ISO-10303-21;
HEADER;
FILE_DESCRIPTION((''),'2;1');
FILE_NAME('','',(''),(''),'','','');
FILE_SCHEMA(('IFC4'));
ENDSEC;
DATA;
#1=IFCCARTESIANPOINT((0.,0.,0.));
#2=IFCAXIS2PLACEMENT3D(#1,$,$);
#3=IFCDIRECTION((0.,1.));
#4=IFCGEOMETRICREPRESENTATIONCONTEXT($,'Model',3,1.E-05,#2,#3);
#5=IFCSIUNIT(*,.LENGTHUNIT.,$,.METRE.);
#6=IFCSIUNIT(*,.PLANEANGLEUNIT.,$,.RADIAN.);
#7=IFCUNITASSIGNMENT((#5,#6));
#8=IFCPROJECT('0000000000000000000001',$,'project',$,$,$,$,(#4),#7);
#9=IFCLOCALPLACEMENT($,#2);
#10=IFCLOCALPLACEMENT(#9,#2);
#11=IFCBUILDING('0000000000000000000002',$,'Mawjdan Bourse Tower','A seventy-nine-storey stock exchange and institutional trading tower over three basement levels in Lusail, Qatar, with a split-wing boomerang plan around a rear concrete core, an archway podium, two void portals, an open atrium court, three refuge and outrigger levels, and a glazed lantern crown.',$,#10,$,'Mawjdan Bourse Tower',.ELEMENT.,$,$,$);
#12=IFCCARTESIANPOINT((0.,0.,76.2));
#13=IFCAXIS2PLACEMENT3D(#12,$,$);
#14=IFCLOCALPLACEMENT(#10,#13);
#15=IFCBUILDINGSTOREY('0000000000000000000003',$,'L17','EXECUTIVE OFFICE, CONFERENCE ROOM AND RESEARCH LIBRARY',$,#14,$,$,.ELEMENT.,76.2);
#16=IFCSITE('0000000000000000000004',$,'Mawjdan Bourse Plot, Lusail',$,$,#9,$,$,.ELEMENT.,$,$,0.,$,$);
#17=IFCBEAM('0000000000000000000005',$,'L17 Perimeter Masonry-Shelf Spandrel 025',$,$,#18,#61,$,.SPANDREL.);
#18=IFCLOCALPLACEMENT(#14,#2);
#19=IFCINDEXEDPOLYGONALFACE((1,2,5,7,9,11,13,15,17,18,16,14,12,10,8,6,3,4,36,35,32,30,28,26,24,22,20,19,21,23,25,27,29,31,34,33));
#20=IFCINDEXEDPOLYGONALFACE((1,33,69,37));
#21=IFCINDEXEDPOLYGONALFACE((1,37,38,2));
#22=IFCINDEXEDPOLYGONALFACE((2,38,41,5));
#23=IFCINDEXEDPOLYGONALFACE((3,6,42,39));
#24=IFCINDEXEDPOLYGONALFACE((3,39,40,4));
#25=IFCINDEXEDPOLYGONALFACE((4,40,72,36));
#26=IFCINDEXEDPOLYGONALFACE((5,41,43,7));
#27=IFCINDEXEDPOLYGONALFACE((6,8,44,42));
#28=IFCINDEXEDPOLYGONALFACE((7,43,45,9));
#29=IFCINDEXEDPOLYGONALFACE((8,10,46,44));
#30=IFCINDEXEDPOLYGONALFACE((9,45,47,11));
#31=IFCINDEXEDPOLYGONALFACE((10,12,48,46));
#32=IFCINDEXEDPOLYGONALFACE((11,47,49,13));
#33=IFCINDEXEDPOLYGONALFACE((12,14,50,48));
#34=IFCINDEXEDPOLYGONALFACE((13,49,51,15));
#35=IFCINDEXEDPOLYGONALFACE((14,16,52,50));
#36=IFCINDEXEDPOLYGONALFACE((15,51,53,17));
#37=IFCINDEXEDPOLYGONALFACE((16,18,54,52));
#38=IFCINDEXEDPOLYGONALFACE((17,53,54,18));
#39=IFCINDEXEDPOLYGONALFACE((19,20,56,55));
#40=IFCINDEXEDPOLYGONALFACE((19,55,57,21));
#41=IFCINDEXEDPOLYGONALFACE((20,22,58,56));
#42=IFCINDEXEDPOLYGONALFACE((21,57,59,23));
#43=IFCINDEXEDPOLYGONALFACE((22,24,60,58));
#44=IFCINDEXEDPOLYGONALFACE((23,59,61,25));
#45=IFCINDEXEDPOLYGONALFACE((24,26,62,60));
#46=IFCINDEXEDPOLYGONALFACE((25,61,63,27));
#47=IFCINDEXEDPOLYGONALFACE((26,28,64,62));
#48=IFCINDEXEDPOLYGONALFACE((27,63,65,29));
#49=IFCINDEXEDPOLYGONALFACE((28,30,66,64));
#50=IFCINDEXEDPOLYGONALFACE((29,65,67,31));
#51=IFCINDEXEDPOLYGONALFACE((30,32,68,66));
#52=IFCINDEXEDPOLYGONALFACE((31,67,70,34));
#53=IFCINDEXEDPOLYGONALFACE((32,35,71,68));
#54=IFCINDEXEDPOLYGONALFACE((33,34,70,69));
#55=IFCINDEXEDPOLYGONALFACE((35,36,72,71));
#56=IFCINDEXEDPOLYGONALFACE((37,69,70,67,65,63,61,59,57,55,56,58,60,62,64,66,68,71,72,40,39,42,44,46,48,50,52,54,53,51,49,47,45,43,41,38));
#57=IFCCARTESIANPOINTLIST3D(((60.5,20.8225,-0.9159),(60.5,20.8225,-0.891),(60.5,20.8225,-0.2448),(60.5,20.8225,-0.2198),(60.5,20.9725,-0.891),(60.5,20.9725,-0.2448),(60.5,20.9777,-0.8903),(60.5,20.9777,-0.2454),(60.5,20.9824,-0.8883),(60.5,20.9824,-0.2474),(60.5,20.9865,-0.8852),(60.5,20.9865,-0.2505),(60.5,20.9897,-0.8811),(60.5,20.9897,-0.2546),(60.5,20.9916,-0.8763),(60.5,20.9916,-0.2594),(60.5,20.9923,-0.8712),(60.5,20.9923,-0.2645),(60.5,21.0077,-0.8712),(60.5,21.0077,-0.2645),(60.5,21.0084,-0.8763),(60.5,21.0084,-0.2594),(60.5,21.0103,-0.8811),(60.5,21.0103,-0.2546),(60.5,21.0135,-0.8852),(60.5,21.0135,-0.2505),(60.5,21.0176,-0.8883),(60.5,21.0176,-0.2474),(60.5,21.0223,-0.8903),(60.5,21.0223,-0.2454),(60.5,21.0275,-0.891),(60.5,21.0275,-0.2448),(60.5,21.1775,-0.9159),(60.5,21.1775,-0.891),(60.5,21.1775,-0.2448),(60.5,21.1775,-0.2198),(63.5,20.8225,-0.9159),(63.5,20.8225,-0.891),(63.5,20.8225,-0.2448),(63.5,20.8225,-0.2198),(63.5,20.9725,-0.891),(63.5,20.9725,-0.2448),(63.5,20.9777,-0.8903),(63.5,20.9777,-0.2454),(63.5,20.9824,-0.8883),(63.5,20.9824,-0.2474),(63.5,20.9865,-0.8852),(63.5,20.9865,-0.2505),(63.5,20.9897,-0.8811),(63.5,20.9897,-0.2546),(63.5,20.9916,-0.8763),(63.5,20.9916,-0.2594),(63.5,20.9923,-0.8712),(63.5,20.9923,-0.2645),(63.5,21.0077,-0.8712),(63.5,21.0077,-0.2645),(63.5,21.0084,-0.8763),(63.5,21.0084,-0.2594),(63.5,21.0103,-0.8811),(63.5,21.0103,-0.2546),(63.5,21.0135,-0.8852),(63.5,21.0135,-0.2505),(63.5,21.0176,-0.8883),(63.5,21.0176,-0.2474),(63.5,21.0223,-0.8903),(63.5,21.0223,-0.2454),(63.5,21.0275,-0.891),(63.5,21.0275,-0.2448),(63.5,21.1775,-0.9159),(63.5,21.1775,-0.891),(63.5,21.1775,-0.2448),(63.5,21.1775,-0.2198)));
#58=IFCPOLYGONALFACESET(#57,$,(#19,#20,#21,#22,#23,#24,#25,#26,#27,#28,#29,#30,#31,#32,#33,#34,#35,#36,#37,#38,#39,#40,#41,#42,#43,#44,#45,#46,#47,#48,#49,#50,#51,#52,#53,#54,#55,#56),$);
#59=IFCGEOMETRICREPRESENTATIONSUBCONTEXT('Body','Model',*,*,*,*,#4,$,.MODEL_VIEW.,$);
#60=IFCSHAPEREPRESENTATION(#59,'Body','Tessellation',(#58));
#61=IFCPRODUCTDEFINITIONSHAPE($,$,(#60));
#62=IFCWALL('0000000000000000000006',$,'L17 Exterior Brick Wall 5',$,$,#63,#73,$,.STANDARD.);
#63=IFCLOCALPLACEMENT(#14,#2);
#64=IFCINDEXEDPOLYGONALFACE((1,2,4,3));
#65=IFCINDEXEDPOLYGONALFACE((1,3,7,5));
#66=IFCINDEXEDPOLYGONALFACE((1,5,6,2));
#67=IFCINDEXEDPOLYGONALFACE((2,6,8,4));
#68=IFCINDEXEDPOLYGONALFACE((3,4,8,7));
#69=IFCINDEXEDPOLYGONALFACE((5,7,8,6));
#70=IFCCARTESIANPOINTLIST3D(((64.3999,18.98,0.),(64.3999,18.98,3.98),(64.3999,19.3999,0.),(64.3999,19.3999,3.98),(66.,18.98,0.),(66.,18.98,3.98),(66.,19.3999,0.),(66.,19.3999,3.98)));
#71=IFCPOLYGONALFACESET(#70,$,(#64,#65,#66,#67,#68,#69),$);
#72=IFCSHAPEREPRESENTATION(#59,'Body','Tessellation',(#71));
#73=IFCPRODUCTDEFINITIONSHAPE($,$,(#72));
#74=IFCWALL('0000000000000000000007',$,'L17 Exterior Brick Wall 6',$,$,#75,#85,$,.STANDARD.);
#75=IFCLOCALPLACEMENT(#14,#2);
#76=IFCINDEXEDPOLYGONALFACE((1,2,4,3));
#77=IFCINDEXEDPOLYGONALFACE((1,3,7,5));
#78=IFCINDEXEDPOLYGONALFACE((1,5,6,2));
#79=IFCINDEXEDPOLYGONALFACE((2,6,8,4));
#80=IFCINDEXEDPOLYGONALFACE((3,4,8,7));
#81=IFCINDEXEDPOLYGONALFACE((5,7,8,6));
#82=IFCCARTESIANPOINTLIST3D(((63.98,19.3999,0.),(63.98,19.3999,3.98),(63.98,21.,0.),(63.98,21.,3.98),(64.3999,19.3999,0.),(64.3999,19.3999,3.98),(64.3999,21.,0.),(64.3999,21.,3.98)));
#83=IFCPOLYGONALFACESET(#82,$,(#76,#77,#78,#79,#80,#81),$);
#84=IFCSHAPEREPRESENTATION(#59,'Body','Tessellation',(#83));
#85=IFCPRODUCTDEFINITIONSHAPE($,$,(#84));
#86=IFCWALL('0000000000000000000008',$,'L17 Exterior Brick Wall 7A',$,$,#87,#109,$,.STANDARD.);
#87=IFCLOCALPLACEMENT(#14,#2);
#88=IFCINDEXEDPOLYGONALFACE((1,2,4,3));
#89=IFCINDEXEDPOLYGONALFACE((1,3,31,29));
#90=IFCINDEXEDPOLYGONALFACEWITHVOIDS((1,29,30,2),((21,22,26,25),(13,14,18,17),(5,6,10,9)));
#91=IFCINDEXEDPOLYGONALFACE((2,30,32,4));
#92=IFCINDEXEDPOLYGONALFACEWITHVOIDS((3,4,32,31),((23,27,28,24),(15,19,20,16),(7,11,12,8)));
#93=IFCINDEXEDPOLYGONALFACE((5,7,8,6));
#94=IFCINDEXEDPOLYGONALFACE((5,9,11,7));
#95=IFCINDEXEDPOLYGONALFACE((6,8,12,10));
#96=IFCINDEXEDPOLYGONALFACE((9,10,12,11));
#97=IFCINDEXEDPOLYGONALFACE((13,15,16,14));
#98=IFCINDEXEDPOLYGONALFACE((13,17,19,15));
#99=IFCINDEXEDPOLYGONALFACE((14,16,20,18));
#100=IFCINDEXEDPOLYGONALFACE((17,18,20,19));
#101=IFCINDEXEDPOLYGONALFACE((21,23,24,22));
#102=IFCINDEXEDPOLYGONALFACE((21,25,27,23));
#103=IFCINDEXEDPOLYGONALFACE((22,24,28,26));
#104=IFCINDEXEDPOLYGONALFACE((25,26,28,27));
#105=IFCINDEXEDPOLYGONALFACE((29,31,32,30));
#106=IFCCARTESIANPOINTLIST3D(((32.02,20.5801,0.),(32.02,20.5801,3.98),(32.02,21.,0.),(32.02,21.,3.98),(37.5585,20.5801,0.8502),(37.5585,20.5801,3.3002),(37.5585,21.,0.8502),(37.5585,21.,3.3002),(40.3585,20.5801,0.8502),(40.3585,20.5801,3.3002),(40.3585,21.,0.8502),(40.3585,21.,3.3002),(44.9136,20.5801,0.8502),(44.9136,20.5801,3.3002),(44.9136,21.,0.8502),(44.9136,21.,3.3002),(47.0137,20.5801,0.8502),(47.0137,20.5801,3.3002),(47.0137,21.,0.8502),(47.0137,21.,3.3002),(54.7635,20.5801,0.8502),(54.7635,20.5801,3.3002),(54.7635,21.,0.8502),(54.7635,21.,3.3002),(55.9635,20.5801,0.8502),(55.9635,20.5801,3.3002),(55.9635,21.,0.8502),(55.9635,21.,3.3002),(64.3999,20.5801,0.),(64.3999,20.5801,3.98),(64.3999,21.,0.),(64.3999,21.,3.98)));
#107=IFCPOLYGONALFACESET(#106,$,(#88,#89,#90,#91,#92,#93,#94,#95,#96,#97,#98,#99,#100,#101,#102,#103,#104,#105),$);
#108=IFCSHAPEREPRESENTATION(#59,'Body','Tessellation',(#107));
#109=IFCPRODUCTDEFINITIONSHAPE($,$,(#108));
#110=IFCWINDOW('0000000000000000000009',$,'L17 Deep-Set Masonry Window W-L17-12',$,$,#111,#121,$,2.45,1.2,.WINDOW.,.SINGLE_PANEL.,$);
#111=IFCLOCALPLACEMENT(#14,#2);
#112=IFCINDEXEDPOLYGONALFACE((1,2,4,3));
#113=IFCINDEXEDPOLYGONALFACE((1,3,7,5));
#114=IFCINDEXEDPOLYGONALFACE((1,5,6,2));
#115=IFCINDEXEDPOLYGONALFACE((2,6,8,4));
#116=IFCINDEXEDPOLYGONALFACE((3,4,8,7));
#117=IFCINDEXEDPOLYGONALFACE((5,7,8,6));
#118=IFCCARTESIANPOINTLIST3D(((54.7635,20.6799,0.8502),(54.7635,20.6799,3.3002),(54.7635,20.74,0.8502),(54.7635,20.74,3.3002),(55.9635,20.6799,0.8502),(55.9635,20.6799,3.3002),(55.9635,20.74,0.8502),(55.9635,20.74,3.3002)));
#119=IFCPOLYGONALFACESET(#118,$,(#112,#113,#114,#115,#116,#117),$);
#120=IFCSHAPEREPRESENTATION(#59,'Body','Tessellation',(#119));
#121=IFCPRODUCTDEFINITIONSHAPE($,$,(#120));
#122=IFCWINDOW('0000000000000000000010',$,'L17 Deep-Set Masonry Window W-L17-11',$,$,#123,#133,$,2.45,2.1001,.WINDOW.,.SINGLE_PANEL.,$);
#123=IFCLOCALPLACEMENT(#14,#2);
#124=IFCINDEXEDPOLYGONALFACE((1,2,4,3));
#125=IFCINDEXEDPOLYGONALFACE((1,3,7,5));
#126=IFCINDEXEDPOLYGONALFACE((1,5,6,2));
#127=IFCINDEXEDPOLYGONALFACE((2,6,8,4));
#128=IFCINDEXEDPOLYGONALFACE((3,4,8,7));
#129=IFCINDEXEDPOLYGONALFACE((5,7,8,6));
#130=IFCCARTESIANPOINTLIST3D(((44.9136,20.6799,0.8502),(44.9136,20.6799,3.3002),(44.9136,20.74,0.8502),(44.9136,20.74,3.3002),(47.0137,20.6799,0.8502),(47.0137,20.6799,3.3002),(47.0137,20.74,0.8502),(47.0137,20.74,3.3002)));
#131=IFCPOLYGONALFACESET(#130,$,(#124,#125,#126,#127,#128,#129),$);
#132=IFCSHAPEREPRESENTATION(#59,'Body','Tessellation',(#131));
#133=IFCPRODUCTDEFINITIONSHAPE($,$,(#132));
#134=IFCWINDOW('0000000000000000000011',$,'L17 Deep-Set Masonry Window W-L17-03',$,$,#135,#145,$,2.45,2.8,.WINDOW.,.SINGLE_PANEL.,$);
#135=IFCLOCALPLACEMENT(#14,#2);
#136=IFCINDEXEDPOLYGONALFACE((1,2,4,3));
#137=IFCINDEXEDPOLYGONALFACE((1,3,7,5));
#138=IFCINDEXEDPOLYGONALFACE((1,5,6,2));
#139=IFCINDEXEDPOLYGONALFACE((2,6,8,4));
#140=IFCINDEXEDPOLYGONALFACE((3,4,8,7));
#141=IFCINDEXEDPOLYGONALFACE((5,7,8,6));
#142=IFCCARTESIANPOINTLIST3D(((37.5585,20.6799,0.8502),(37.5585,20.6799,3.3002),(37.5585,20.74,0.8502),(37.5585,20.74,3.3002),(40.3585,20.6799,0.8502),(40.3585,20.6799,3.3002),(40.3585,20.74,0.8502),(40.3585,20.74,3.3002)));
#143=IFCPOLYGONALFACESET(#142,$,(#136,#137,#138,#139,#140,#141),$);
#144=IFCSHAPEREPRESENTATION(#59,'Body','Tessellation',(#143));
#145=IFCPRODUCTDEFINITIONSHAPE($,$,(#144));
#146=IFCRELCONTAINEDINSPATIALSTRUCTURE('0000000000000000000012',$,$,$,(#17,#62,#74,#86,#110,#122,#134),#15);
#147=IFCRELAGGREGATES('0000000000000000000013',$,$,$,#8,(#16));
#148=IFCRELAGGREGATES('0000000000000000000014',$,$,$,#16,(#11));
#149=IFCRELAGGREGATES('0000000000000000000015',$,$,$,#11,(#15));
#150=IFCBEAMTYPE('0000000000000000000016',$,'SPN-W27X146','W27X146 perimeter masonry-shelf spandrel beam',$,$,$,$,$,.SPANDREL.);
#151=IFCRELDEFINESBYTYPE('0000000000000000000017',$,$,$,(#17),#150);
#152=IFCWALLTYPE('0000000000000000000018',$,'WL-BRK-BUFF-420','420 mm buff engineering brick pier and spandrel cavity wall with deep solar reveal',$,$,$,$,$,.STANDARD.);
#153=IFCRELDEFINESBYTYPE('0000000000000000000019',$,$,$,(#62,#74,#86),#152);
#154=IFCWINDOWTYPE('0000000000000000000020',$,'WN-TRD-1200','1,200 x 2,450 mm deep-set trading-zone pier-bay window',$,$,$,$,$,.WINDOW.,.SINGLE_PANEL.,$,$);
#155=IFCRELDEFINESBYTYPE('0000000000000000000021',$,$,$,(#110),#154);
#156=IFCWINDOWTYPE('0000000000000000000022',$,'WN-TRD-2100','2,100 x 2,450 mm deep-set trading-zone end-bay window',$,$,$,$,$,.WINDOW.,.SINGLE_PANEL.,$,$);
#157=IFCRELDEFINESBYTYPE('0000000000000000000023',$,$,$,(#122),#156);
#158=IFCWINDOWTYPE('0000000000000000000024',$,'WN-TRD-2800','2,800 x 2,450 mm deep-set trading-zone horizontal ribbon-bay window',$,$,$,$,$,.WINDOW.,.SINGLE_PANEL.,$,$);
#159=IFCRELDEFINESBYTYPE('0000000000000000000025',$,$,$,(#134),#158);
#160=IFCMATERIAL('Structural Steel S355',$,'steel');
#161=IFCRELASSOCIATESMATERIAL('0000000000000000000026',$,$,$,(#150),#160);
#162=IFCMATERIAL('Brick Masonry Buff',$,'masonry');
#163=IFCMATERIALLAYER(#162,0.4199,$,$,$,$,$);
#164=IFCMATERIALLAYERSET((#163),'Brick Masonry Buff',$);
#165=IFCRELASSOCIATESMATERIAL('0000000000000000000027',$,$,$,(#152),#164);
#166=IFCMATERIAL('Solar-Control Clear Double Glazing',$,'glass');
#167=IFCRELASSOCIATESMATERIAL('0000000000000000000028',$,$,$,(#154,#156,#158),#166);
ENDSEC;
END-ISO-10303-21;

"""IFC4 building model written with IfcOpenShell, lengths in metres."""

from ifc_helpers import new_model, si_unit, direction, frame, frame_2d, origin, origin_2d, place, context, subcontext, project, spatial, rectangle, i_section, extrude, material, layer, layer_set, material_profile, profile_set, type_object, element, fill, save


model = new_model("IFC4")

# Units and contexts
model_context = context("Model", 3, precision=1e-05, world=origin(), true_north=direction((0.0, 1.0)))
body_context = subcontext(model_context, "Body", "Model", "MODEL_VIEW")
ifc_project = project(units=[si_unit("LENGTHUNIT", "METRE"), si_unit("PLANEANGLEUNIT", "RADIAN")], contexts=[model_context])

# Site, building, storey
site_placement = place(None, origin())
site = spatial("IfcSite", under=ifc_project, at=site_placement, Name="Mawjdan Bourse Plot, Lusail", CompositionType="ELEMENT", RefElevation=0.0)
building_placement = place(site_placement, origin())
building = spatial("IfcBuilding", under=site, at=building_placement, Name="Mawjdan Bourse Tower", Description="A seventy-nine-storey stock exchange and institutional trading tower over three basement levels in Lusail, Qatar, with a split-wing boomerang plan around a rear concrete core, an archway podium, two void portals, an open atrium court, three refuge and outrigger levels, and a glazed lantern crown.", LongName="Mawjdan Bourse Tower", CompositionType="ELEMENT")
storey_placement = place(building_placement, frame((0.0, 0.0, 76.2)))
storey = spatial("IfcBuildingStorey", under=building, at=storey_placement, Name="L17", Description="EXECUTIVE OFFICE, CONFERENCE ROOM AND RESEARCH LIBRARY", CompositionType="ELEMENT", Elevation=76.2)

# Beam
ifc_material_1 = material(Name="Structural Steel S355", Category="steel")
ifc_material_profile_1 = material_profile(ifc_material_1, i_section(OverallWidth=0.355, OverallDepth=0.696, WebThickness=0.0154, FlangeThickness=0.0249, FilletRadius=0.0198, at=origin_2d()), Name="W27X146")
ifc_profile_set_1 = profile_set([ifc_material_profile_1], Name="Structural Steel S355")
beam_type_1 = type_object("IfcBeamType", Name="SPN-W27X146", Description="W27X146 perimeter masonry-shelf spandrel beam", PredefinedType="SPANDREL", material=ifc_profile_set_1)
beam_1_placement = place(storey_placement, frame((60.5, 21.0, -0.5679), z_axis=(1.0, 0.0, 0.0), x_axis=(0.0, 1.0, 0.0)))
element("IfcBeam", 1, at=beam_1_placement, inside=storey, type_object=beam_type_1, Name="L17 Perimeter Masonry-Shelf Spandrel 025", PredefinedType="SPANDREL", context=body_context, shape_type="SweptSolid", body=[
    extrude(i_section(OverallWidth=0.355, OverallDepth=0.696, WebThickness=0.0154, FlangeThickness=0.0249, FilletRadius=0.0198, at=origin_2d()), origin(), (0.0, 0.0, 1.0), 3.0),
])

# Walls
ifc_material_2 = material(Name="Brick Masonry Buff", Category="masonry")
ifc_layer = layer(ifc_material_2, 0.4199)
ifc_layer_set = layer_set([ifc_layer], Name="Brick Masonry Buff")
wall_type = type_object("IfcWallType", Name="WL-BRK-BUFF-420", Description="420 mm buff engineering brick pier and spandrel cavity wall with deep solar reveal", PredefinedType="STANDARD", material=ifc_layer_set)
for number, where, z_axis, x_axis, name in (
    (2, (66.0, 19.1899, 0.0), (0.0, 0.0, 1.0), (-1.0, 0.0, 0.0), "L17 Exterior Brick Wall 5"),
    (3, (64.1899, 19.3999, 0.0), (0.0, 0.0, 1.0), (0.0, 1.0, 0.0), "L17 Exterior Brick Wall 6"),
):
    element("IfcWall", number, at=place(storey_placement, frame(where, z_axis=z_axis, x_axis=x_axis)), inside=storey, type_object=wall_type, Name=name, PredefinedType="STANDARD", context=body_context, shape_type="SweptSolid", body=[
        extrude(rectangle(XDim=1.6001, YDim=0.4199, at=frame_2d((0.8, 0.0))), origin(), (0.0, 0.0, 1.0), 3.98),
    ])

# Wall, openings, windows
wall_placement = place(storey_placement, frame((64.3999, 20.79, 0.0), z_axis=(0.0, 0.0, 1.0), x_axis=(-1.0, 0.0, 0.0)))
wall = element("IfcWall", 4, at=wall_placement, inside=storey, type_object=wall_type, Name="L17 Exterior Brick Wall 7A", PredefinedType="STANDARD", context=body_context, shape_type="SweptSolid", body=[
    extrude(rectangle(XDim=32.3799, YDim=0.4199, at=frame_2d((16.1899, 0.0))), origin(), (0.0, 0.0, 1.0), 3.98),
])
opening_1_placement = place(wall_placement, frame((24.0415, 0.0, 0.8501)))
opening_1 = element("IfcOpeningElement", 5, at=opening_1_placement, cuts=wall, PredefinedType="OPENING", context=body_context, shape_type="SweptSolid", body=[
    extrude(rectangle(XDim=2.8, YDim=2.45, at=frame_2d((1.3999, 1.2251))), frame((0.0, 0.22, 0.0), z_axis=(0.0, -1.0, 0.0), x_axis=(1.0, 0.0, 0.0)), (0.0, 0.0, 1.0), 0.4399),
])
opening_2_placement = place(wall_placement, frame((17.3862, 0.0, 0.8501)))
opening_2 = element("IfcOpeningElement", 6, at=opening_2_placement, cuts=wall, PredefinedType="OPENING", context=body_context, shape_type="SweptSolid", body=[
    extrude(rectangle(XDim=2.1001, YDim=2.45, at=frame_2d((1.05, 1.2251))), frame((0.0, 0.22, 0.0), z_axis=(0.0, -1.0, 0.0), x_axis=(1.0, 0.0, 0.0)), (0.0, 0.0, 1.0), 0.4399),
])
opening_3_placement = place(wall_placement, frame((8.4363, 0.0, 0.8501)))
opening_3 = element("IfcOpeningElement", 7, at=opening_3_placement, cuts=wall, PredefinedType="OPENING", context=body_context, shape_type="SweptSolid", body=[
    extrude(rectangle(XDim=1.2, YDim=2.45, at=frame_2d((0.6001, 1.2251))), frame((0.0, 0.22, 0.0), z_axis=(0.0, -1.0, 0.0), x_axis=(1.0, 0.0, 0.0)), (0.0, 0.0, 1.0), 0.4399),
])
ifc_material_3 = material(Name="Solar-Control Clear Double Glazing", Category="glass")
window_type_1 = type_object("IfcWindowType", Name="WN-TRD-1200", Description="1,200 x 2,450 mm deep-set trading-zone pier-bay window", PartitioningType="SINGLE_PANEL", PredefinedType="WINDOW", material=ifc_material_3)
window_1_placement = place(opening_3_placement, origin())
window_1 = element("IfcWindow", 8, at=window_1_placement, inside=storey, type_object=window_type_1, Name="L17 Deep-Set Masonry Window W-L17-12", OverallHeight=2.45, OverallWidth=1.2, PartitioningType="SINGLE_PANEL", PredefinedType="WINDOW", context=body_context, shape_type="SweptSolid", body=[
    extrude(rectangle(XDim=1.2, YDim=2.45, at=frame_2d((0.6001, 1.2251))), frame((0.0, 0.1101, 0.0), z_axis=(0.0, -1.0, 0.0), x_axis=(1.0, 0.0, 0.0)), (0.0, 0.0, 1.0), 0.0601),
])
fill(opening_3, window_1)
window_type_2 = type_object("IfcWindowType", Name="WN-TRD-2100", Description="2,100 x 2,450 mm deep-set trading-zone end-bay window", PartitioningType="SINGLE_PANEL", PredefinedType="WINDOW", material=ifc_material_3)
window_2_placement = place(opening_2_placement, origin())
window_2 = element("IfcWindow", 9, at=window_2_placement, inside=storey, type_object=window_type_2, Name="L17 Deep-Set Masonry Window W-L17-11", OverallHeight=2.45, OverallWidth=2.1001, PartitioningType="SINGLE_PANEL", PredefinedType="WINDOW", context=body_context, shape_type="SweptSolid", body=[
    extrude(rectangle(XDim=2.1001, YDim=2.45, at=frame_2d((1.05, 1.2251))), frame((0.0, 0.1101, 0.0), z_axis=(0.0, -1.0, 0.0), x_axis=(1.0, 0.0, 0.0)), (0.0, 0.0, 1.0), 0.0601),
])
fill(opening_2, window_2)
window_type_3 = type_object("IfcWindowType", Name="WN-TRD-2800", Description="2,800 x 2,450 mm deep-set trading-zone horizontal ribbon-bay window", PartitioningType="SINGLE_PANEL", PredefinedType="WINDOW", material=ifc_material_3)
window_3_placement = place(opening_1_placement, origin())
window_3 = element("IfcWindow", 10, at=window_3_placement, inside=storey, type_object=window_type_3, Name="L17 Deep-Set Masonry Window W-L17-03", OverallHeight=2.45, OverallWidth=2.8, PartitioningType="SINGLE_PANEL", PredefinedType="WINDOW", context=body_context, shape_type="SweptSolid", body=[
    extrude(rectangle(XDim=2.8, YDim=2.45, at=frame_2d((1.3999, 1.2251))), frame((0.0, 0.1101, 0.0), z_axis=(0.0, -1.0, 0.0), x_axis=(1.0, 0.0, 0.0)), (0.0, 0.0, 1.0), 0.0601),
])
fill(opening_1, window_3)

save(model, "model.ifc")
